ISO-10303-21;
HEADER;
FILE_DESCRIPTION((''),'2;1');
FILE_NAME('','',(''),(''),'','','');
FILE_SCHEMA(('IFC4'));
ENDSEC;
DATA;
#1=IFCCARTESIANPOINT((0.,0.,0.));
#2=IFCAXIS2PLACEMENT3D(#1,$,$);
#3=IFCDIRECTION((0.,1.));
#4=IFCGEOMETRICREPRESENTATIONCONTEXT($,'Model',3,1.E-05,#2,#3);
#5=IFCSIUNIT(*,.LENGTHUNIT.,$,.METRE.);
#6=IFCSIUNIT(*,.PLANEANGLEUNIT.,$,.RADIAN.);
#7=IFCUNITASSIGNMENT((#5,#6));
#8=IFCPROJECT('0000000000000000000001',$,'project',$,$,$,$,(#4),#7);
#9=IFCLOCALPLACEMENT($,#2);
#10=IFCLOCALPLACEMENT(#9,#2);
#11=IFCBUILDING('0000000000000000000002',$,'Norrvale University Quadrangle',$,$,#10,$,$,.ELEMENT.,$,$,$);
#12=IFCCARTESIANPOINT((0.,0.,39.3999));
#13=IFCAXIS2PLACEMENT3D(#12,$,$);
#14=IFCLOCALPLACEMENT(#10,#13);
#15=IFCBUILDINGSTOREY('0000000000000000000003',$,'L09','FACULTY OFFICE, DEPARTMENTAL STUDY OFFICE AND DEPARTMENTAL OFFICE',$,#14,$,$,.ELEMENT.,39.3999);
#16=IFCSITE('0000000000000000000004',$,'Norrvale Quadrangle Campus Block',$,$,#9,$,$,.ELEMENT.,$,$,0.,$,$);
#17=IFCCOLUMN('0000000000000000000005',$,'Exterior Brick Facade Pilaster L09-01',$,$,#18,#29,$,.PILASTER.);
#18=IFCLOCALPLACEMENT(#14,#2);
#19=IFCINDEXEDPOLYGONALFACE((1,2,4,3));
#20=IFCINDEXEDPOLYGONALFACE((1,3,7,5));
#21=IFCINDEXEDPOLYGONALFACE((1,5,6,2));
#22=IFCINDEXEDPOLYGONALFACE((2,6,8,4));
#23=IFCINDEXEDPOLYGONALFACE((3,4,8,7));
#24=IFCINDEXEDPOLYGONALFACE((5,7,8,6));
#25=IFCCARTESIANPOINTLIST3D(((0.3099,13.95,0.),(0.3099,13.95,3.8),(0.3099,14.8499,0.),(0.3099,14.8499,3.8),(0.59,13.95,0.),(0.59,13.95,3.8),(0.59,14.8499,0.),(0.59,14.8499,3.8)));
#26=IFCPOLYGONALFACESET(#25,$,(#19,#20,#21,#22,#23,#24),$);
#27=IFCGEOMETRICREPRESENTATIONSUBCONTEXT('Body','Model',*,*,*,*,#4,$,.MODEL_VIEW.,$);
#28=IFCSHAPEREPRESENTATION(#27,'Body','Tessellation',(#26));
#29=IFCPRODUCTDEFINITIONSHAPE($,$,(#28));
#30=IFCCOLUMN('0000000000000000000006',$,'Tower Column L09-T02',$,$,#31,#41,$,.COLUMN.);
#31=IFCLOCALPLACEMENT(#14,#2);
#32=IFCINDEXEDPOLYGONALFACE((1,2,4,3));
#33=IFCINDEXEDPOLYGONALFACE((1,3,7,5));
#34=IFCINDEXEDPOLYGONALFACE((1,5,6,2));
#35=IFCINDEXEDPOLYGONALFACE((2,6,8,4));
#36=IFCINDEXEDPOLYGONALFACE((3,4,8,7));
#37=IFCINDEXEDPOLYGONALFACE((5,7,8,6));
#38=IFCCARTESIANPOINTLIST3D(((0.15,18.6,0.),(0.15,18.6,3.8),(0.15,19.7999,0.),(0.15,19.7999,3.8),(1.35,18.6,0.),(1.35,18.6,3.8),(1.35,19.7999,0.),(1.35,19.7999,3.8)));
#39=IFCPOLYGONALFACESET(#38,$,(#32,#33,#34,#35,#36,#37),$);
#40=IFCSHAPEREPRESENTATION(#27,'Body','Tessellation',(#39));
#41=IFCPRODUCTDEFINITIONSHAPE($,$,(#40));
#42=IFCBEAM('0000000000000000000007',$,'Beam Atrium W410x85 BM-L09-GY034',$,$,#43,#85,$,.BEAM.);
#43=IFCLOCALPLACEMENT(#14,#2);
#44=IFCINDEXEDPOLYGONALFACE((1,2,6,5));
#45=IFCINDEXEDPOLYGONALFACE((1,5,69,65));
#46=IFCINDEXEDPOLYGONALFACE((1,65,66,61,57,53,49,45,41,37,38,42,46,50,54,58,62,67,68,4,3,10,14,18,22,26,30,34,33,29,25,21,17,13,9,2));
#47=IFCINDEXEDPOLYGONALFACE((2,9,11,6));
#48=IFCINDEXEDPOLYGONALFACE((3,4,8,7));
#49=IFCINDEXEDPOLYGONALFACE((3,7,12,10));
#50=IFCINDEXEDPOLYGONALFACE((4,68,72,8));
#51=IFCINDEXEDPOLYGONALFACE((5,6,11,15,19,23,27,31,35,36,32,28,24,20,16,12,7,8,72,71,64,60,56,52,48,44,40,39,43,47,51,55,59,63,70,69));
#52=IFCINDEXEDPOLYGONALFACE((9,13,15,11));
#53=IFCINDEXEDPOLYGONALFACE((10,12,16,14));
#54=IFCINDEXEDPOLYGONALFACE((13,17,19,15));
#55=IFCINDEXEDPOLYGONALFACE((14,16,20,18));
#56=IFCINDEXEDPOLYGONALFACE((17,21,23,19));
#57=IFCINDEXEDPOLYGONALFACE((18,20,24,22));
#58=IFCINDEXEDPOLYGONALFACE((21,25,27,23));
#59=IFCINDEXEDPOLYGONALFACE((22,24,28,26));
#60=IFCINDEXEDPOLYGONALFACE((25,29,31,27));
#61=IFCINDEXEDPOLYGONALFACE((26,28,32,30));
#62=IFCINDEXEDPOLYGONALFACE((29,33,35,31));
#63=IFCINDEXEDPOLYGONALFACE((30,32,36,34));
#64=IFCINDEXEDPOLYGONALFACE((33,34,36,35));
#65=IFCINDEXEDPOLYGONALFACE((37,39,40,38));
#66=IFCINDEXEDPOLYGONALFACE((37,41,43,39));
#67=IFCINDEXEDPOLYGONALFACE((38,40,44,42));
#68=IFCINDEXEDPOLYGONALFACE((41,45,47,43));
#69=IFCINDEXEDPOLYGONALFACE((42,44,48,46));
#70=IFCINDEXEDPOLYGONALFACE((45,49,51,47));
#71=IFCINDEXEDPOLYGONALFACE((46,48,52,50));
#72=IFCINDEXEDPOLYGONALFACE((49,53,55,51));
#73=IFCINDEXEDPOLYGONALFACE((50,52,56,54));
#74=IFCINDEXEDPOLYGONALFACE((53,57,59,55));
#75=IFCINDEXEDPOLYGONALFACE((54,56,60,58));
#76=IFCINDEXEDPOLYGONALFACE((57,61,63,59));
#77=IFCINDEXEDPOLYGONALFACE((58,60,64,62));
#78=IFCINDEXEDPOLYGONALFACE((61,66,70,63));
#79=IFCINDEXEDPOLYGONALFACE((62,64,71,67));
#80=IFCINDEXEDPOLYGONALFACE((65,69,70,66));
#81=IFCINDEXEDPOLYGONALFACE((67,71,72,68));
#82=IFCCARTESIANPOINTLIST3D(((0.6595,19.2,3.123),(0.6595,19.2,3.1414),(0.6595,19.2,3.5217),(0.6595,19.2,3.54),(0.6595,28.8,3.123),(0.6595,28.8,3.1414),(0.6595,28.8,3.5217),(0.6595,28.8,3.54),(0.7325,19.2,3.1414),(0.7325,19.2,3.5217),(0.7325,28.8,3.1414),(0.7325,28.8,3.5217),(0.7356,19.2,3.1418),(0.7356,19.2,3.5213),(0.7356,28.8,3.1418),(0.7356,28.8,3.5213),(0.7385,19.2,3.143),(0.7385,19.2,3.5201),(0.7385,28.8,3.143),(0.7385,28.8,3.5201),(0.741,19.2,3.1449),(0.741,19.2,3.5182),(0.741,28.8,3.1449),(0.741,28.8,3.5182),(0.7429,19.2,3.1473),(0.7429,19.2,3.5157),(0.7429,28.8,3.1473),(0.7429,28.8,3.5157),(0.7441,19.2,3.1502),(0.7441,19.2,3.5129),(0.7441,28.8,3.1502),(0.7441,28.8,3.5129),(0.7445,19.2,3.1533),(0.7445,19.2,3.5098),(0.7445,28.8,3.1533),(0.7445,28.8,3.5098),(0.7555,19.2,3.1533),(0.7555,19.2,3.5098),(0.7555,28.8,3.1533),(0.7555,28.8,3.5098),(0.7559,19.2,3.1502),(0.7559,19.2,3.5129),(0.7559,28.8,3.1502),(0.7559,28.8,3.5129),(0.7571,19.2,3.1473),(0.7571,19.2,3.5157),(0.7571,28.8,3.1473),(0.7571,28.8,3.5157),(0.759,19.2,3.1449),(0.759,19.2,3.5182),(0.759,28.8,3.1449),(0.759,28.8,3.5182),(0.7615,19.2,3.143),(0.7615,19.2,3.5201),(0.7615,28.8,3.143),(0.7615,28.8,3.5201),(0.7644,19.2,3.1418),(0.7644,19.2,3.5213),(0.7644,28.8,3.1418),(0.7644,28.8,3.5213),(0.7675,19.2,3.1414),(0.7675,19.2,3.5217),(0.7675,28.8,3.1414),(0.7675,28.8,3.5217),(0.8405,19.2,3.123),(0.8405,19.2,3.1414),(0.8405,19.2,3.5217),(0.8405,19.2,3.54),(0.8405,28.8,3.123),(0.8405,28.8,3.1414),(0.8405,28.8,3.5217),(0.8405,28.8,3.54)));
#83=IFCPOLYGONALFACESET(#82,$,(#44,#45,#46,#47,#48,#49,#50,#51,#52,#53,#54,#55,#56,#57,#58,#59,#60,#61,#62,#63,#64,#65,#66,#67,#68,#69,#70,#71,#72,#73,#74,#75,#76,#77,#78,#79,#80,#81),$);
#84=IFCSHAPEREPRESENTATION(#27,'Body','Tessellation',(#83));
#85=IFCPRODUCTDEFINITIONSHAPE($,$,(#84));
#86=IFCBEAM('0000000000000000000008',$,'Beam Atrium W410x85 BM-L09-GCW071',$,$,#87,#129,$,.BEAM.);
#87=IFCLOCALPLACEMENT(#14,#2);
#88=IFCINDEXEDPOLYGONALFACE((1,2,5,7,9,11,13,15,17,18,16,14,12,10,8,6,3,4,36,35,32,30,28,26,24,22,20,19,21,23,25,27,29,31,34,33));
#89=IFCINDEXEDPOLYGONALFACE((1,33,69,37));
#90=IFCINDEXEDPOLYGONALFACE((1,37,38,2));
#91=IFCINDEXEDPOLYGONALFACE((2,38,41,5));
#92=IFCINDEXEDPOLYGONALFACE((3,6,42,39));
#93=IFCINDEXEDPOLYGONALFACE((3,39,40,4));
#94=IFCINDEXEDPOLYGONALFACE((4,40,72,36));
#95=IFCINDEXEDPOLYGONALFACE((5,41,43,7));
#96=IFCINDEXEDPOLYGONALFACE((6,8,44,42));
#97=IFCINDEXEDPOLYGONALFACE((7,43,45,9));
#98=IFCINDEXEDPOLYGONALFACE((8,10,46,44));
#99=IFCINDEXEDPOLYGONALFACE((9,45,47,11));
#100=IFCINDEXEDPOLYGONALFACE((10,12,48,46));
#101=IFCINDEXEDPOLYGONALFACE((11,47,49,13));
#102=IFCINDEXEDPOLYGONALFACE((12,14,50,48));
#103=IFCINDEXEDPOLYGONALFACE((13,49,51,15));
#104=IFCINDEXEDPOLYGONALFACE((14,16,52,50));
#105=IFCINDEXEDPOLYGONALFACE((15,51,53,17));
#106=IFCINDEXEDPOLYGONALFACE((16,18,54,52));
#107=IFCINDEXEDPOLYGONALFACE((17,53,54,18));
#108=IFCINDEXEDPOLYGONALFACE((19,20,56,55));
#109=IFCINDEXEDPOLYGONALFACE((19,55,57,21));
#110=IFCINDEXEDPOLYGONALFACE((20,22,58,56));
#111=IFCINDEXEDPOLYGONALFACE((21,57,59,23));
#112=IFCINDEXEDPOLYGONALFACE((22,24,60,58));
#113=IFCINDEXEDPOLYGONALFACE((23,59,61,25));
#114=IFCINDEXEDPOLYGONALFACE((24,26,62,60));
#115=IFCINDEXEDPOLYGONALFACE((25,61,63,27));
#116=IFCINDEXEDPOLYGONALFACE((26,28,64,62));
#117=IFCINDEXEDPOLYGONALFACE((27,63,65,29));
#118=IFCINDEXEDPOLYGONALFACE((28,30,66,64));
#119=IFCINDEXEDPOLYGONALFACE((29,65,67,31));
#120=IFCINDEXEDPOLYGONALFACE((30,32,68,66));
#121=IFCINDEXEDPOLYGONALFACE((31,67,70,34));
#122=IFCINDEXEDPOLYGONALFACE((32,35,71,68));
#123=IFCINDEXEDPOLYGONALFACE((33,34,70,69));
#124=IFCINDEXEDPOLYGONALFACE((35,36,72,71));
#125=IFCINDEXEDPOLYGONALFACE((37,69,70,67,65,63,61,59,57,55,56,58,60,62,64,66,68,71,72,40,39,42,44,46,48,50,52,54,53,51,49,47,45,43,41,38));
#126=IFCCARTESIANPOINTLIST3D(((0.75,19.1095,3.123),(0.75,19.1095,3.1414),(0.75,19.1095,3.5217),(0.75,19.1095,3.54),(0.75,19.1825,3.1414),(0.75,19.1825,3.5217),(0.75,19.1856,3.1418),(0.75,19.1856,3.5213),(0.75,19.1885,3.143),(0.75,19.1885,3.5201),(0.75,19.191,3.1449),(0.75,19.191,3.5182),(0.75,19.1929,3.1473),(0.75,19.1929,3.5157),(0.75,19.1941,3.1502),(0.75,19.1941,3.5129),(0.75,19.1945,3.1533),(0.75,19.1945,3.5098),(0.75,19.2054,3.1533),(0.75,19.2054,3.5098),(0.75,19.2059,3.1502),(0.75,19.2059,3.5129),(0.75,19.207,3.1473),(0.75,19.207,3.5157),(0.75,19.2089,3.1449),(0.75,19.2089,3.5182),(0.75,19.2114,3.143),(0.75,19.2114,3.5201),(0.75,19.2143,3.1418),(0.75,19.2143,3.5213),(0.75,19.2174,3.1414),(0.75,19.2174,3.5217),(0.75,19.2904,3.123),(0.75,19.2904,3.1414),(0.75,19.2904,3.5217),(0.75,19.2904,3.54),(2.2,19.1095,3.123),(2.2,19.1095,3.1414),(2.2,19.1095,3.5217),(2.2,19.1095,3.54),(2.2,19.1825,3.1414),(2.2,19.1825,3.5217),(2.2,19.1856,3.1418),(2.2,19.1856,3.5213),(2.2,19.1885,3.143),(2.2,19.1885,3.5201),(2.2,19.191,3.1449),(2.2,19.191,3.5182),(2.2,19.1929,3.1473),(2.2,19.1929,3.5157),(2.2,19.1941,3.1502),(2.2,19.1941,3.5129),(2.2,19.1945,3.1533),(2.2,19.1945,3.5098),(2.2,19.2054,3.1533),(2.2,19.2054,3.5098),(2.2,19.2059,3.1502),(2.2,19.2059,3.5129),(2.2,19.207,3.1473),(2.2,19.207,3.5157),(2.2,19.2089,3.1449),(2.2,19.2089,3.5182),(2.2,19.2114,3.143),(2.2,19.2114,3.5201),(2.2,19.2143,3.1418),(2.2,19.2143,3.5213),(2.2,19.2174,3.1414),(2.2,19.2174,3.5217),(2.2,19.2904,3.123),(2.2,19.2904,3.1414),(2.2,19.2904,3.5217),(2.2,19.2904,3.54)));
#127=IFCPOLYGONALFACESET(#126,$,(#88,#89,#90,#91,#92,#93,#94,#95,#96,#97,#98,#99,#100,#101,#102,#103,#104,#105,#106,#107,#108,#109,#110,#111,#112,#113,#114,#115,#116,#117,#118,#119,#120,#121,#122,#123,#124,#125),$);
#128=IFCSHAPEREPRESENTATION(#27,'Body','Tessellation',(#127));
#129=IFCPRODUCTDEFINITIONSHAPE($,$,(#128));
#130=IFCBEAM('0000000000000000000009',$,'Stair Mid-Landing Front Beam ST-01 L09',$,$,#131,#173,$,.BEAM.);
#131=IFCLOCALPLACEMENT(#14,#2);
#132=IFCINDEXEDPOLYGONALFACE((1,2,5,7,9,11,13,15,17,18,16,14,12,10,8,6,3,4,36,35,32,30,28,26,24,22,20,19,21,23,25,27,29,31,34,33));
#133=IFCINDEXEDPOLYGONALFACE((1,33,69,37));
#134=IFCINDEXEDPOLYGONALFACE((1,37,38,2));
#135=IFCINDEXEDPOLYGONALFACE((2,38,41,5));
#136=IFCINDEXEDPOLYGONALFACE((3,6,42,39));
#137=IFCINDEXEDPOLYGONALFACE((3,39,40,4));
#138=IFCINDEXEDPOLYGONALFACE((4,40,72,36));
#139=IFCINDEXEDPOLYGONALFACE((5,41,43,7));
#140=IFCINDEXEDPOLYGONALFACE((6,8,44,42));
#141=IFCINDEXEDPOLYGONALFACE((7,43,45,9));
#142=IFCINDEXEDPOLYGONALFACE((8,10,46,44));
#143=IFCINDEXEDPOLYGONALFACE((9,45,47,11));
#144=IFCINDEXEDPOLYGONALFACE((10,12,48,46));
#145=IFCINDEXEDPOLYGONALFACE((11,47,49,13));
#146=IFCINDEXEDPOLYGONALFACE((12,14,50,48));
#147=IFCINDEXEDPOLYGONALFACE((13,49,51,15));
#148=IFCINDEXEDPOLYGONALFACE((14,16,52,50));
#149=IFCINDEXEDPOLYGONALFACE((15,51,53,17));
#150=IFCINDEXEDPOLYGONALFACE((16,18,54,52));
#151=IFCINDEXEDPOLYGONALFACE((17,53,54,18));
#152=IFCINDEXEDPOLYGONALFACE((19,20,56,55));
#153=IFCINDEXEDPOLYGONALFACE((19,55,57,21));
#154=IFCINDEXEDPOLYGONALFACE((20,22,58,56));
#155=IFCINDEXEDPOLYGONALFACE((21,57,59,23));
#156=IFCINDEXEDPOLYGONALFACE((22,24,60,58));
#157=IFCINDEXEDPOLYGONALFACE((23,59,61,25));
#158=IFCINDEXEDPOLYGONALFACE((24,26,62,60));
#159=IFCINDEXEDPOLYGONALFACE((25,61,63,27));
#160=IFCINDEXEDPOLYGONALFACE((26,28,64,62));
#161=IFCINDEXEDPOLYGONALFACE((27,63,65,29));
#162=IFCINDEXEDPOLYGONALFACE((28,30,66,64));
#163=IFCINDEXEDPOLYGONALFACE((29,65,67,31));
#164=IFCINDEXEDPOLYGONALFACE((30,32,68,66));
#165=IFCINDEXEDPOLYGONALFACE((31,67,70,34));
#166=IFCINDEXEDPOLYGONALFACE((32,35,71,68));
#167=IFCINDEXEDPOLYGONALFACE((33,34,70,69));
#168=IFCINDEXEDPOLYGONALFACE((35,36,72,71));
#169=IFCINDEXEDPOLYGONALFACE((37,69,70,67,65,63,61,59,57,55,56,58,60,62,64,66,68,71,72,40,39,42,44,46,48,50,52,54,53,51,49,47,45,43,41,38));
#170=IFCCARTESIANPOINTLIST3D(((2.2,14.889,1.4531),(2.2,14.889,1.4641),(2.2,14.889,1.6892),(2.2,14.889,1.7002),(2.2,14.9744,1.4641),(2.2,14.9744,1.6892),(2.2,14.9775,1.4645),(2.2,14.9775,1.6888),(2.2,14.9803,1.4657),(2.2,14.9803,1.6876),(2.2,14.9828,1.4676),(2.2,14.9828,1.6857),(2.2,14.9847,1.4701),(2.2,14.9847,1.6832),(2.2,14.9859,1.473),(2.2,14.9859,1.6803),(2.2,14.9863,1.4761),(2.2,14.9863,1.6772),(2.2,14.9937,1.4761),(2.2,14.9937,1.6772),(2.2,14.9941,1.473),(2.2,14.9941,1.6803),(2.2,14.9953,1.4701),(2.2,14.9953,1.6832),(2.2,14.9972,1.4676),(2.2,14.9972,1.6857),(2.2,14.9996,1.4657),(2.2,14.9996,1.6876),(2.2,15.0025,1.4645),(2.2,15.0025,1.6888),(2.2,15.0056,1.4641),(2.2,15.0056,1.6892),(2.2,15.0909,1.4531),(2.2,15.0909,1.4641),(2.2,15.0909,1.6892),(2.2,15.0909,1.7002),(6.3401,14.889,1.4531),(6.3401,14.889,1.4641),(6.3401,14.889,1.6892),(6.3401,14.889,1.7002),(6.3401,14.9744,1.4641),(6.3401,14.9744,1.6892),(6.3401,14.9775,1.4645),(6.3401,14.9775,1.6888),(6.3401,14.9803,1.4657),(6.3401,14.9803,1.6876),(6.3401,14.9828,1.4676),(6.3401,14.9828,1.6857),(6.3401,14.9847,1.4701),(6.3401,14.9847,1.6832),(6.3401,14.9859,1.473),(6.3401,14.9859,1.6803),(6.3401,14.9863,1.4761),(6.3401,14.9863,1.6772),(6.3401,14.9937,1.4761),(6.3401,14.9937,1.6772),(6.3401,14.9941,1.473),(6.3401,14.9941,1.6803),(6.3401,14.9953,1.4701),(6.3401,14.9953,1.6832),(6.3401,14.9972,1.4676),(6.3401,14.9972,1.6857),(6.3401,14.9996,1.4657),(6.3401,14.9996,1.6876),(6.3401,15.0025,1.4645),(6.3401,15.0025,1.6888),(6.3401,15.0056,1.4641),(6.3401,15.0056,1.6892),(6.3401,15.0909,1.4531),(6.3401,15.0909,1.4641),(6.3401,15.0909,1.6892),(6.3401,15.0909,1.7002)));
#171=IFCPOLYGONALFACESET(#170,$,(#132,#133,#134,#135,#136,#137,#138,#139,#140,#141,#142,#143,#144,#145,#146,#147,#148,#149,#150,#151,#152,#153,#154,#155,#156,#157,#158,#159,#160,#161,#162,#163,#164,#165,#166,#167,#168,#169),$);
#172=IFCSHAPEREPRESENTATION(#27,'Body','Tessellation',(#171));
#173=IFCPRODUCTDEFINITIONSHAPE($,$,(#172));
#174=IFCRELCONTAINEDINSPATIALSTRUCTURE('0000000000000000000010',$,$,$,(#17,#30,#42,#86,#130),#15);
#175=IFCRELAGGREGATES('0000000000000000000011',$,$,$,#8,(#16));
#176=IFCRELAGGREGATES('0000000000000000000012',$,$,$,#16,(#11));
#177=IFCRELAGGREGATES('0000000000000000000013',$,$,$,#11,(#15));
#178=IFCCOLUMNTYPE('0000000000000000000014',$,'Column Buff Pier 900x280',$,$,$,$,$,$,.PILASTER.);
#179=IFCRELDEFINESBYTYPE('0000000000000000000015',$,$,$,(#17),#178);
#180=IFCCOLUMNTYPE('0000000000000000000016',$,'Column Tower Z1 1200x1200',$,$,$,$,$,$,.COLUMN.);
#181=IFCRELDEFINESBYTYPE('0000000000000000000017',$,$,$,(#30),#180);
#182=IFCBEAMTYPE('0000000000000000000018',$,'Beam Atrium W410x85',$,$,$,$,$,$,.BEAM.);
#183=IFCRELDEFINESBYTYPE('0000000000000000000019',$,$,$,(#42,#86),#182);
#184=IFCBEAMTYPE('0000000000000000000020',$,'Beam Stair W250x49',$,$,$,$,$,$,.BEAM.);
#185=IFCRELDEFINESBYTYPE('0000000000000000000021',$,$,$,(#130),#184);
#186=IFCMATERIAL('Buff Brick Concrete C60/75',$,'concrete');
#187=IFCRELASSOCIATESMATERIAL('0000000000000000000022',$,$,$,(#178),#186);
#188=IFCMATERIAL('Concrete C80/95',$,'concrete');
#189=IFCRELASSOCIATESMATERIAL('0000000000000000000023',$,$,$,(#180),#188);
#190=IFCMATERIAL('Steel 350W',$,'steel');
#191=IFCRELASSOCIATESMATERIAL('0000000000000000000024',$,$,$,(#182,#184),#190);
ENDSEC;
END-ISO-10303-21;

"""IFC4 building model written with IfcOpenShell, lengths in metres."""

from ifc_helpers import new_model, si_unit, direction, frame, origin, origin_2d, place, context, subcontext, project, spatial, rectangle, i_section, extrude, material, material_profile, profile_set, type_object, element, save


model = new_model("IFC4")

# Units and contexts
model_context = context("Model", 3, precision=1e-05, world=origin(), true_north=direction((0.0, 1.0)))
body_context = subcontext(model_context, "Body", "Model", "MODEL_VIEW")
ifc_project = project(units=[si_unit("LENGTHUNIT", "METRE"), si_unit("PLANEANGLEUNIT", "RADIAN")], contexts=[model_context])

# Site, building, storey
site_placement = place(None, origin())
site = spatial("IfcSite", under=ifc_project, at=site_placement, Name="Norrvale Quadrangle Campus Block", CompositionType="ELEMENT", RefElevation=0.0)
building_placement = place(site_placement, origin())
building = spatial("IfcBuilding", under=site, at=building_placement, Name="Norrvale University Quadrangle", CompositionType="ELEMENT")
storey_placement = place(building_placement, frame((0.0, 0.0, 39.3999)))
storey = spatial("IfcBuildingStorey", under=building, at=storey_placement, Name="L09", Description="FACULTY OFFICE, DEPARTMENTAL STUDY OFFICE AND DEPARTMENTAL OFFICE", CompositionType="ELEMENT", Elevation=39.3999)

# Columns
ifc_material_1 = material(Name="Buff Brick Concrete C60/75", Category="concrete")
ifc_material_profile_1 = material_profile(ifc_material_1, rectangle(XDim=0.8999, YDim=0.28, at=origin_2d()), Name="Buff Brick Concrete C60/75")
ifc_profile_set_1 = profile_set([ifc_material_profile_1], Name="Buff Brick Concrete C60/75")
column_type_1 = type_object("IfcColumnType", Name="Column Buff Pier 900x280", PredefinedType="PILASTER", material=ifc_profile_set_1)
column_1_placement = place(storey_placement, frame((0.45, 14.3999, 0.0), z_axis=(0.0, 0.0, 1.0), x_axis=(0.0, 1.0, 0.0)))
element("IfcColumn", 1, at=column_1_placement, inside=storey, type_object=column_type_1, Name="Exterior Brick Facade Pilaster L09-01", PredefinedType="PILASTER", context=body_context, shape_type="SweptSolid", body=[
    extrude(rectangle(XDim=0.8999, YDim=0.28, at=origin_2d()), origin(), (0.0, 0.0, 1.0), 3.8),
])
ifc_material_2 = material(Name="Concrete C80/95", Category="concrete")
ifc_material_profile_2 = material_profile(ifc_material_2, rectangle(XDim=1.2, YDim=1.2, at=origin_2d()), Name="Concrete C80/95")
ifc_profile_set_2 = profile_set([ifc_material_profile_2], Name="Concrete C80/95")
column_type_2 = type_object("IfcColumnType", Name="Column Tower Z1 1200x1200", PredefinedType="COLUMN", material=ifc_profile_set_2)
column_2_placement = place(storey_placement, frame((0.75, 19.2, 0.0), z_axis=(0.0, 0.0, 1.0), x_axis=(1.0, 0.0, 0.0)))
element("IfcColumn", 2, at=column_2_placement, inside=storey, type_object=column_type_2, Name="Tower Column L09-T02", PredefinedType="COLUMN", context=body_context, shape_type="SweptSolid", body=[
    extrude(rectangle(XDim=1.2, YDim=1.2, at=origin_2d()), origin(), (0.0, 0.0, 1.0), 3.8),
])

# Beams
ifc_material_3 = material(Name="Steel 350W", Category="steel")
ifc_material_profile_3 = material_profile(ifc_material_3, i_section(OverallWidth=0.1809, OverallDepth=0.417, WebThickness=0.011, FlangeThickness=0.0183, FilletRadius=0.012, at=origin_2d()), Name="Steel 350W")
ifc_profile_set_3 = profile_set([ifc_material_profile_3], Name="Steel 350W")
beam_type_1 = type_object("IfcBeamType", Name="Beam Atrium W410x85", PredefinedType="BEAM", material=ifc_profile_set_3)
beam_1_placement = place(storey_placement, frame((0.75, 19.2, 3.3315), z_axis=(0.0, 1.0, 0.0), x_axis=(-1.0, 0.0, 0.0)))
element("IfcBeam", 3, at=beam_1_placement, inside=storey, type_object=beam_type_1, Name="Beam Atrium W410x85 BM-L09-GY034", PredefinedType="BEAM", context=body_context, shape_type="SweptSolid", body=[
    extrude(i_section(OverallWidth=0.1809, OverallDepth=0.417, WebThickness=0.011, FlangeThickness=0.0183, FilletRadius=0.012, at=origin_2d()), origin(), (0.0, 0.0, 1.0), 9.6001),
])
beam_2_placement = place(storey_placement, frame((0.75, 19.2, 3.3315), z_axis=(1.0, 0.0, 0.0), x_axis=(0.0, 1.0, 0.0)))
element("IfcBeam", 4, at=beam_2_placement, inside=storey, type_object=beam_type_1, Name="Beam Atrium W410x85 BM-L09-GCW071", PredefinedType="BEAM", context=body_context, shape_type="SweptSolid", body=[
    extrude(i_section(OverallWidth=0.1809, OverallDepth=0.417, WebThickness=0.011, FlangeThickness=0.0183, FilletRadius=0.012, at=origin_2d()), origin(), (0.0, 0.0, 1.0), 1.45),
])
ifc_material_profile_4 = material_profile(ifc_material_3, i_section(OverallWidth=0.2019, OverallDepth=0.2471, WebThickness=0.0073, FlangeThickness=0.011, FilletRadius=0.012, at=origin_2d()), Name="Steel 350W")
ifc_profile_set_4 = profile_set([ifc_material_profile_4], Name="Steel 350W")
beam_type_2 = type_object("IfcBeamType", Name="Beam Stair W250x49", PredefinedType="BEAM", material=ifc_profile_set_4)
for number, where, z_axis, x_axis, name in (
    (5, (2.2, 14.99, 1.5767), (1.0, 0.0, 0.0), (0.0, 1.0, 0.0), "Stair Mid-Landing Front Beam ST-01 L09"),
):
    element("IfcBeam", number, at=place(storey_placement, frame(where, z_axis=z_axis, x_axis=x_axis)), inside=storey, type_object=beam_type_2, Name=name, PredefinedType="BEAM", context=body_context, shape_type="SweptSolid", body=[
        extrude(i_section(OverallWidth=0.2019, OverallDepth=0.2471, WebThickness=0.0073, FlangeThickness=0.011, FilletRadius=0.012, at=origin_2d()), origin(), (0.0, 0.0, 1.0), 4.1401),
    ])

save(model, "model.ifc")
